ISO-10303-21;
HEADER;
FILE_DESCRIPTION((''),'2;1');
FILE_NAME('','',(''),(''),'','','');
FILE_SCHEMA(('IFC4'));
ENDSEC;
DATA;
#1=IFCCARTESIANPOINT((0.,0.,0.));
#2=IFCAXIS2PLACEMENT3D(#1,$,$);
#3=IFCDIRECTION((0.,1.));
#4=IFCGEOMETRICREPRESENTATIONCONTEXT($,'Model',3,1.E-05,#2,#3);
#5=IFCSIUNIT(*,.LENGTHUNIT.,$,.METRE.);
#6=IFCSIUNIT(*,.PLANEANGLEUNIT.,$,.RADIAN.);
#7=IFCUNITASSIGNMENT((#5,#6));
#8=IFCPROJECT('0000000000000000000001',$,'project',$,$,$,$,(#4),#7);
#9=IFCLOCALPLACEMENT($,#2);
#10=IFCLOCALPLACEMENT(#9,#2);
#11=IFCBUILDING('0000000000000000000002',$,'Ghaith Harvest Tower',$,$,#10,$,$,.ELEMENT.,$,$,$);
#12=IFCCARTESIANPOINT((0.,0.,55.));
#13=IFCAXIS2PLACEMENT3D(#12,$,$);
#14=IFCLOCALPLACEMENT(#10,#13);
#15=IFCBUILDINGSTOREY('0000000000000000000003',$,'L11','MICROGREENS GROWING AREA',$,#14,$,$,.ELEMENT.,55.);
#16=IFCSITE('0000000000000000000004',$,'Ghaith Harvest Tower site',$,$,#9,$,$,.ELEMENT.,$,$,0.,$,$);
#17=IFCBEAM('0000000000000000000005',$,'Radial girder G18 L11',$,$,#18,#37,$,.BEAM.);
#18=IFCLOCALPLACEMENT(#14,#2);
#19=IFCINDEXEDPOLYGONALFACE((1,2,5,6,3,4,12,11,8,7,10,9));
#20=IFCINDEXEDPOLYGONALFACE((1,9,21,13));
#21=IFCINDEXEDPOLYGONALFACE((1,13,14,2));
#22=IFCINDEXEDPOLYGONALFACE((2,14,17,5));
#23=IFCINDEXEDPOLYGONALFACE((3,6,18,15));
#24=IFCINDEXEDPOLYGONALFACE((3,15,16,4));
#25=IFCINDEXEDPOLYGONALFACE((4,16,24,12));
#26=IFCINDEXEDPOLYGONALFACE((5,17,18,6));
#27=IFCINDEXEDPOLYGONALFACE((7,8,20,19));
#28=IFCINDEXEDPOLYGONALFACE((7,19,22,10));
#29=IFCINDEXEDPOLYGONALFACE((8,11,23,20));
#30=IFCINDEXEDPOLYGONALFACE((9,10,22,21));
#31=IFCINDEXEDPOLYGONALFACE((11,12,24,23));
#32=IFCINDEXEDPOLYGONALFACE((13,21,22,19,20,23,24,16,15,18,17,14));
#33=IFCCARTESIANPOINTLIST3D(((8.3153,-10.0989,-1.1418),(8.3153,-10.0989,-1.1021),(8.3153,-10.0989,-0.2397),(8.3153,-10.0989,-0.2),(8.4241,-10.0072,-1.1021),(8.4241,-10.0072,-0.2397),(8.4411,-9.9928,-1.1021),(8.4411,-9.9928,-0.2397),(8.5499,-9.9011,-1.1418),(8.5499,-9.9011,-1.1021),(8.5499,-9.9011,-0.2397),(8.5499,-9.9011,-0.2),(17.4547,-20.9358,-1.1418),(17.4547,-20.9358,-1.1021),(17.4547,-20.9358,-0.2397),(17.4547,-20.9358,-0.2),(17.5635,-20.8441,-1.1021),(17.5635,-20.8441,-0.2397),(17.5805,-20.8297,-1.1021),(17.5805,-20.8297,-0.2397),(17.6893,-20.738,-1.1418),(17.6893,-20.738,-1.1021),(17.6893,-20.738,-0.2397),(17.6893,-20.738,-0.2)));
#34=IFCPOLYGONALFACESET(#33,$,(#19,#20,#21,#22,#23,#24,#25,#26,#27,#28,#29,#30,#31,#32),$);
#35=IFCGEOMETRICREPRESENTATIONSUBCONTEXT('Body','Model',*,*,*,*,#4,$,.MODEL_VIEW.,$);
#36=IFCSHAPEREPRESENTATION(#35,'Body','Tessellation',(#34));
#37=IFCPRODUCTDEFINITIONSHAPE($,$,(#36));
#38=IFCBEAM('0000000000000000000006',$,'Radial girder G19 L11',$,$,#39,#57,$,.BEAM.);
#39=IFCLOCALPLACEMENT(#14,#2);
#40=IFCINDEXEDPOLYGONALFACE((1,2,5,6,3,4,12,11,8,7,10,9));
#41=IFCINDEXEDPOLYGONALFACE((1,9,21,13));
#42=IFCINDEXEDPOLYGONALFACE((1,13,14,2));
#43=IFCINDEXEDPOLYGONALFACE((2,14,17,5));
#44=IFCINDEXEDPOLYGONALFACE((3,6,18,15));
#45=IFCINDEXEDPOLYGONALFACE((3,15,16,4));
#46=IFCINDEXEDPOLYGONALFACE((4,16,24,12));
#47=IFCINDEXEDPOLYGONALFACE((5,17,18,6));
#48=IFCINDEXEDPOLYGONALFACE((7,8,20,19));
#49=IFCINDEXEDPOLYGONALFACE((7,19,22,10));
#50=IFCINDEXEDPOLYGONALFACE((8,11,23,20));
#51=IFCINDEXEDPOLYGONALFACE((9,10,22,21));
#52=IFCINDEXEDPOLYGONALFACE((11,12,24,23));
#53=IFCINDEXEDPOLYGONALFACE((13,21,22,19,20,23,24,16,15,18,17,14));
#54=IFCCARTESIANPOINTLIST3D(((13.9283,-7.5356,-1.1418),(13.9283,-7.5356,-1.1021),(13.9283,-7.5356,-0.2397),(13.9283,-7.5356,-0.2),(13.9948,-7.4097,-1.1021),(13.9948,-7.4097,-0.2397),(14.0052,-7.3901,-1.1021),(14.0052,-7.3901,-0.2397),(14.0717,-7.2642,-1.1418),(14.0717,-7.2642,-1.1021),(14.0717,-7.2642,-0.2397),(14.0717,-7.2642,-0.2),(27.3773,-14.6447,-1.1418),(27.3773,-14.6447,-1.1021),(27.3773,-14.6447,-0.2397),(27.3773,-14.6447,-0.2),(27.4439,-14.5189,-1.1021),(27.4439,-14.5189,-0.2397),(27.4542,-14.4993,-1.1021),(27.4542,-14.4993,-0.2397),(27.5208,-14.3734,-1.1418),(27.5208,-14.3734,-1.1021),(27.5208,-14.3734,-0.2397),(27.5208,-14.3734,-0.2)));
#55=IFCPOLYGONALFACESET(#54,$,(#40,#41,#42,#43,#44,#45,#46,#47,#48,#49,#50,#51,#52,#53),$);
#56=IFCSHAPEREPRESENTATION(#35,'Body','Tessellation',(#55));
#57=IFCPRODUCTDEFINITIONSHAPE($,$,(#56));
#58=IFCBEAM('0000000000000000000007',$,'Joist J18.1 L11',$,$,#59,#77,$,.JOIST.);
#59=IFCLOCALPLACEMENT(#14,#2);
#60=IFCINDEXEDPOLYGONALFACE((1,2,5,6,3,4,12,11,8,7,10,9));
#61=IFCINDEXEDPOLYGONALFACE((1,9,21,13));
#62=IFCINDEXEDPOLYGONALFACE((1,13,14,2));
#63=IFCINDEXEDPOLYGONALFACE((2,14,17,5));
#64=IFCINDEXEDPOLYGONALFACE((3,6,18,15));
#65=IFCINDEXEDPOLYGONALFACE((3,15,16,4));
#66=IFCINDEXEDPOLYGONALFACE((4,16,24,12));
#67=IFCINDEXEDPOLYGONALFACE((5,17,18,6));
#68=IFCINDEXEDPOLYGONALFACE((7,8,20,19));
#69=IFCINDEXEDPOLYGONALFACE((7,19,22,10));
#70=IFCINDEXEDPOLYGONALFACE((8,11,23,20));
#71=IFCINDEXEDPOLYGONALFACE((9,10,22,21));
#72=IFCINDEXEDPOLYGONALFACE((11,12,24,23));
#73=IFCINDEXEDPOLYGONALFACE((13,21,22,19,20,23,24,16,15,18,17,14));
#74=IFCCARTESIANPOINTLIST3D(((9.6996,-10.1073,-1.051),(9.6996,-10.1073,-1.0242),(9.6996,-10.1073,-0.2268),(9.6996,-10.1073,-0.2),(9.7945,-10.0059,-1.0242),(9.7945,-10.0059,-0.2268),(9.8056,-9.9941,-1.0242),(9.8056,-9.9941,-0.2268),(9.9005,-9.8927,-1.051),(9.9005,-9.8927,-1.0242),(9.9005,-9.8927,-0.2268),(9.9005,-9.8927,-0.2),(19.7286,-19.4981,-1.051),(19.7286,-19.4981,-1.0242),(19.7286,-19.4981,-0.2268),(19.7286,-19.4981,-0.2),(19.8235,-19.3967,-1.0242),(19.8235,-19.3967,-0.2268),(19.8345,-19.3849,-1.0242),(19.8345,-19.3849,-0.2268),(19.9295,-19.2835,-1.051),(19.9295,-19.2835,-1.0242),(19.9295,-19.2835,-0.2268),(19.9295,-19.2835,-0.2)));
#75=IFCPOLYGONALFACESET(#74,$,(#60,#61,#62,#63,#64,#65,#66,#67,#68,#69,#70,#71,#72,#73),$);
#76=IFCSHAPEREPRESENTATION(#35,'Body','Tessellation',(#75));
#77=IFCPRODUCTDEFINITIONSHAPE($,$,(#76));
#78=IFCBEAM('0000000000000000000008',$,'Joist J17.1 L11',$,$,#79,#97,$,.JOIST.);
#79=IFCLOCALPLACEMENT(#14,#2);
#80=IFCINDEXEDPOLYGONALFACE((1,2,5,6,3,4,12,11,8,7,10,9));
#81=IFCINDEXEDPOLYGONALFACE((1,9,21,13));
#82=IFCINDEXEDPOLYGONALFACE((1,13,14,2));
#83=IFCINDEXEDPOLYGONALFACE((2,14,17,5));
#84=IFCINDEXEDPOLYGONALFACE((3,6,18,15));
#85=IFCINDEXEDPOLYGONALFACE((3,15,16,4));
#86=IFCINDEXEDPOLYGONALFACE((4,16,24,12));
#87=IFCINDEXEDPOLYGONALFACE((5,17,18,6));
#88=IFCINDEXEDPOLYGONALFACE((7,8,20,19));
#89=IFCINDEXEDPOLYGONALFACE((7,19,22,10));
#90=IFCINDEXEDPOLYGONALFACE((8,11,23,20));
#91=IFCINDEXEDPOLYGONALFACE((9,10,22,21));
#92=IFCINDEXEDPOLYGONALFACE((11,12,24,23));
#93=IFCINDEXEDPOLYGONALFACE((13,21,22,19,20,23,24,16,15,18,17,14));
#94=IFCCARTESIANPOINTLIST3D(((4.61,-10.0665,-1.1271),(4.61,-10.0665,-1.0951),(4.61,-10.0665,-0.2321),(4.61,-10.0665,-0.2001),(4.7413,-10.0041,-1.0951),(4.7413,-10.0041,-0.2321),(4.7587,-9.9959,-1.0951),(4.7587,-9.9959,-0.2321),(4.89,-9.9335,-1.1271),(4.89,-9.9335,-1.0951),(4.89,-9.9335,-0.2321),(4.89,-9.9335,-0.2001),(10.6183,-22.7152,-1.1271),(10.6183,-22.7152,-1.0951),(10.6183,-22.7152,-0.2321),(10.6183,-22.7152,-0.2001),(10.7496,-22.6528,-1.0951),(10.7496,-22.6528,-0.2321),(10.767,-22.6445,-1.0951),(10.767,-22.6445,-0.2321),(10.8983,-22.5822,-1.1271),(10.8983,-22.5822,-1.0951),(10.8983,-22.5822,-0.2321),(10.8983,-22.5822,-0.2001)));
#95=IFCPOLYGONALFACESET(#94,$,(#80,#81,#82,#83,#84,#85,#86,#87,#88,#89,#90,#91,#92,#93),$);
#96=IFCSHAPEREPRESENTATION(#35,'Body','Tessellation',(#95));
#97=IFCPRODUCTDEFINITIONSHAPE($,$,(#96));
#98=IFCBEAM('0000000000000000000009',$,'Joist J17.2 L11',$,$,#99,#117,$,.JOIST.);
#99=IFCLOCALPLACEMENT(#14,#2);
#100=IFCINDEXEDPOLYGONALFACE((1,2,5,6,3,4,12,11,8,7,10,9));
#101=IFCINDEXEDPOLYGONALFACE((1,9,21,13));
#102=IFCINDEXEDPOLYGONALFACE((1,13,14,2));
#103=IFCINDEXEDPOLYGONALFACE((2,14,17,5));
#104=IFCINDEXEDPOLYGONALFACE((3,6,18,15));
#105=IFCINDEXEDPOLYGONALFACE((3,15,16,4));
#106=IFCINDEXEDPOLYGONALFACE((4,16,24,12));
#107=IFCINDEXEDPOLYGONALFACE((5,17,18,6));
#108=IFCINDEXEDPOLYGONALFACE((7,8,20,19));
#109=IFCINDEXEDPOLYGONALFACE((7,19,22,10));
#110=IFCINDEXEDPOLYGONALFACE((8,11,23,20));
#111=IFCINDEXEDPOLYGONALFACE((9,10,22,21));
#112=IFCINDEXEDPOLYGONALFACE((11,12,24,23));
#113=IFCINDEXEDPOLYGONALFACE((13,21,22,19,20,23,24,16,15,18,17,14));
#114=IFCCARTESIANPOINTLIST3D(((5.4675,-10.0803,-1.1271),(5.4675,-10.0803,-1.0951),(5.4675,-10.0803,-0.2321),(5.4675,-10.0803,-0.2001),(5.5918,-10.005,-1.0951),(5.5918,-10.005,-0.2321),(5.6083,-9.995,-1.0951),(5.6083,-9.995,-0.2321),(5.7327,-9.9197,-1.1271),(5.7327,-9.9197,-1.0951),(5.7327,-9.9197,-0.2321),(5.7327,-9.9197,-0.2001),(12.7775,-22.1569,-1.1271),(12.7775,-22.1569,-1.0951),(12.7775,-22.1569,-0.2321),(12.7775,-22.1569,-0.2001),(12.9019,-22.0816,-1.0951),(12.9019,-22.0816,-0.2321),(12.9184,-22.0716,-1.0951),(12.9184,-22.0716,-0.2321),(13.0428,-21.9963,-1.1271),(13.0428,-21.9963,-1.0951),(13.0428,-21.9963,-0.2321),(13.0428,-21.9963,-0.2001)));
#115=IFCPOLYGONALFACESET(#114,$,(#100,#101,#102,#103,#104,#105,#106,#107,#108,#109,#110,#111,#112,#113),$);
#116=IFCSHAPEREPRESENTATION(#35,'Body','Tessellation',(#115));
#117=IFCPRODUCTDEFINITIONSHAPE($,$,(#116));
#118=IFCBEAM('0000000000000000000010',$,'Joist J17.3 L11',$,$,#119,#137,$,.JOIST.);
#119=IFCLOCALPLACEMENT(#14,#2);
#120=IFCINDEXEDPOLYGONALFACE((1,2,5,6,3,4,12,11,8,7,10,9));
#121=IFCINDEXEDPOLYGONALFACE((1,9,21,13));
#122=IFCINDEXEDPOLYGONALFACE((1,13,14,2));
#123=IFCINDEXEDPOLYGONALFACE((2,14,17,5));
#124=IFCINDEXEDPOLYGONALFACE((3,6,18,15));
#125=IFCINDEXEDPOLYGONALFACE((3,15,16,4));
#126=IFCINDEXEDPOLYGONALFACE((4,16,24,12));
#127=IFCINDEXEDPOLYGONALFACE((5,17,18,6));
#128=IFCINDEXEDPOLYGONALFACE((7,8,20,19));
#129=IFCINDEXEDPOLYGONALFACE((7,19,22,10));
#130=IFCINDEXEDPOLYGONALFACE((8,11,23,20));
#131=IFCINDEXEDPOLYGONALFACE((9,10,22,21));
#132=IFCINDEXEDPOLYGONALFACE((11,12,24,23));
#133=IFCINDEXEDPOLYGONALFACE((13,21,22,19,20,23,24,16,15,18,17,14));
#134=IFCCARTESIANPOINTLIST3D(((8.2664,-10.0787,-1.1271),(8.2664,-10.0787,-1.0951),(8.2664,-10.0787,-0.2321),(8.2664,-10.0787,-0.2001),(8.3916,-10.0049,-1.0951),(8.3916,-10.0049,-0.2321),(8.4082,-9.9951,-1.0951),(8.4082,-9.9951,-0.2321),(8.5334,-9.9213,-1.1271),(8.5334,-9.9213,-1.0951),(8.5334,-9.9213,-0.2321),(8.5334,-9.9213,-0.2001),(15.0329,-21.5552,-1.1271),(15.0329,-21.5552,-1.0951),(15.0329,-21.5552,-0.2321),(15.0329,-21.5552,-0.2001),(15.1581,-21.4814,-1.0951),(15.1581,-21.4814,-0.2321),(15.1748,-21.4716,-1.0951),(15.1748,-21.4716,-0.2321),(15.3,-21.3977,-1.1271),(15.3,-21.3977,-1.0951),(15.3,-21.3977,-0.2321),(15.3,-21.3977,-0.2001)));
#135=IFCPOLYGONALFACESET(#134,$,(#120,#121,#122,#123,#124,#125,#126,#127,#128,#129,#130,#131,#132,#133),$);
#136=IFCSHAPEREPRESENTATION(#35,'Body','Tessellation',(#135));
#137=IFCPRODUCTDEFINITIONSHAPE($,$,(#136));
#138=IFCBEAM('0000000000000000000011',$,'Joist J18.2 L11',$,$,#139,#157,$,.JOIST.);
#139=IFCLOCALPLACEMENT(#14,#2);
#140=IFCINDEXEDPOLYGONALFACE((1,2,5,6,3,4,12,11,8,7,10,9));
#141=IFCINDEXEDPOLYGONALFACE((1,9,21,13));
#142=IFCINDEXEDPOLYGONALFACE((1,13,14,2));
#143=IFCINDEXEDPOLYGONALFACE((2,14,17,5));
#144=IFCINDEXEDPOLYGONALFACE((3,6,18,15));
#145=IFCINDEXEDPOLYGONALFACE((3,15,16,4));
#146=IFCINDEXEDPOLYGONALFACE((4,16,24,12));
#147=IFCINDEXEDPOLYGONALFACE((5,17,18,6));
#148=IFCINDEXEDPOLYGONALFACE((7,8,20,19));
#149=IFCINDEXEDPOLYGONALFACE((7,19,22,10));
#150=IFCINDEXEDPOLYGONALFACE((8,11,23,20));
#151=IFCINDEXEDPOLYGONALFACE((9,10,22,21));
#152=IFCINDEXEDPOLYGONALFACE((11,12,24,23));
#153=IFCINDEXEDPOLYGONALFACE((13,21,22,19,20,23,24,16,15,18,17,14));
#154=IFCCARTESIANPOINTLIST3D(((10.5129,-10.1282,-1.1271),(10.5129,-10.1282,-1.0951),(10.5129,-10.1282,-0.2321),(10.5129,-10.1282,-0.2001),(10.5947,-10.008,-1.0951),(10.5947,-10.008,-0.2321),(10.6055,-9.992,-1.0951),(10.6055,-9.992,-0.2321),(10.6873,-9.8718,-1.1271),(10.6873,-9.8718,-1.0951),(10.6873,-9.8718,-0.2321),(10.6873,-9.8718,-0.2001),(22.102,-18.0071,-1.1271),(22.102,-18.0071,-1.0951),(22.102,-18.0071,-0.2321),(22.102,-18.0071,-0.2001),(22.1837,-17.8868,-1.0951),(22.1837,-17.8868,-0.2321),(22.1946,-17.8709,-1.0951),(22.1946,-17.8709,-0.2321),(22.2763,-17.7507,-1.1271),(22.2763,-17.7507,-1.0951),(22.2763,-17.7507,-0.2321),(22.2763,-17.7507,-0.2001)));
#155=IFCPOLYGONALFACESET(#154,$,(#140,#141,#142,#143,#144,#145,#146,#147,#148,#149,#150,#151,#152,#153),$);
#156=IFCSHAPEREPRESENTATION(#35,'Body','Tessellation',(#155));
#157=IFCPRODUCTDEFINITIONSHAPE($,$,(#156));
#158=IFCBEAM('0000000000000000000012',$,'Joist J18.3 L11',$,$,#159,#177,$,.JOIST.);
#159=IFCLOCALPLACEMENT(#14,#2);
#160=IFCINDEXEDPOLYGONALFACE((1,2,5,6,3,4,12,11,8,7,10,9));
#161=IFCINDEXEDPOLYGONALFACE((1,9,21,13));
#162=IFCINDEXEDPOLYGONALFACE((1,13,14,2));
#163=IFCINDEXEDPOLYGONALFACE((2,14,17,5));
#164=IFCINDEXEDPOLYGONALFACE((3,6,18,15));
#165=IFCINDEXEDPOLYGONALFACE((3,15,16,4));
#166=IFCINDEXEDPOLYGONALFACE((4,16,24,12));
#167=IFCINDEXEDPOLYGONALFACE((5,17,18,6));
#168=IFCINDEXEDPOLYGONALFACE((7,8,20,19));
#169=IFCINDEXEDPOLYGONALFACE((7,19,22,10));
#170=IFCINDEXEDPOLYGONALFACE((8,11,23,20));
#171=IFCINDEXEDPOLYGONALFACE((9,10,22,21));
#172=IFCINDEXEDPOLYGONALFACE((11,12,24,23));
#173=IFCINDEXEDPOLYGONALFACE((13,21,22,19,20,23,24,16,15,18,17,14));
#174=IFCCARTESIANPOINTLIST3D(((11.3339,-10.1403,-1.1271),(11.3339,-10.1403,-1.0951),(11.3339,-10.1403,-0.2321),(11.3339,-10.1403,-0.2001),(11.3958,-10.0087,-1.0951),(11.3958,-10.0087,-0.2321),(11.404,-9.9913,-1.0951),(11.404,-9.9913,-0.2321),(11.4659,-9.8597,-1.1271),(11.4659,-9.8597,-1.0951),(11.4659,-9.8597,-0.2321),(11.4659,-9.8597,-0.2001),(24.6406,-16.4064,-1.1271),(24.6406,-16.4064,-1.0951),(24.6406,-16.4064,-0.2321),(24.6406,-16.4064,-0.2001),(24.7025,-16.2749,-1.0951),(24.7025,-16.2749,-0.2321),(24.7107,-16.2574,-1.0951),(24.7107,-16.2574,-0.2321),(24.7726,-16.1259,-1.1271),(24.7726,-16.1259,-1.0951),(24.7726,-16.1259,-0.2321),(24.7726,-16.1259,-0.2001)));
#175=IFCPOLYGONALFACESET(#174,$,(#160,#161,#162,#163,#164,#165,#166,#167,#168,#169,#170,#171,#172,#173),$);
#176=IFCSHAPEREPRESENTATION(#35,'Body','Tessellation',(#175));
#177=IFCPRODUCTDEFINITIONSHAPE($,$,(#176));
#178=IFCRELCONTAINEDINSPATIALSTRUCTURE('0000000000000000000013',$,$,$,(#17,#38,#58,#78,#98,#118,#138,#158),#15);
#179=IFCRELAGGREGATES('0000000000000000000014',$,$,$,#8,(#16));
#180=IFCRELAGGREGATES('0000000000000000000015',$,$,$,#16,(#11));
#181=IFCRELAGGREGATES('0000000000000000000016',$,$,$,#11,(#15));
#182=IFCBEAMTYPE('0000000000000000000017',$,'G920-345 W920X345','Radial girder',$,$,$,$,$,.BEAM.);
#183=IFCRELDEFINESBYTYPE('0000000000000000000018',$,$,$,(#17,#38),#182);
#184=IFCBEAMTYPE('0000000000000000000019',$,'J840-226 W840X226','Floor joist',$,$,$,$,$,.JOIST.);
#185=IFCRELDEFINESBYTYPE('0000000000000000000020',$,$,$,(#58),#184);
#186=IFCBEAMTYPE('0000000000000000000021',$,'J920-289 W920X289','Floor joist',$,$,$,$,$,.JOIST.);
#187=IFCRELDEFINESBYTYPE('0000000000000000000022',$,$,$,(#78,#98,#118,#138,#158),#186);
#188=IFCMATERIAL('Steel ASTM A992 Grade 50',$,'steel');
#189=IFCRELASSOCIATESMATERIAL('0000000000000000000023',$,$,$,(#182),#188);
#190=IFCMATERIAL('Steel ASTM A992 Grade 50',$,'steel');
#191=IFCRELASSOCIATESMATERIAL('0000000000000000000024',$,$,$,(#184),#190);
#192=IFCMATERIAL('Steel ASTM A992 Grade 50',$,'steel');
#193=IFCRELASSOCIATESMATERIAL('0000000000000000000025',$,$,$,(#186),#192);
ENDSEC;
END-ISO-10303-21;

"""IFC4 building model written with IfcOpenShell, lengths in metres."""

from ifc_helpers import new_model, si_unit, direction, frame, origin, origin_2d, place, context, subcontext, project, spatial, i_section, extrude, material, material_profile, profile_set, type_object, element, save


model = new_model("IFC4")

# Units and contexts
model_context = context("Model", 3, precision=1e-05, world=origin(), true_north=direction((0.0, 1.0)))
body_context = subcontext(model_context, "Body", "Model", "MODEL_VIEW")
ifc_project = project(units=[si_unit("LENGTHUNIT", "METRE"), si_unit("PLANEANGLEUNIT", "RADIAN")], contexts=[model_context])

# Site, building, storey
site_placement = place(None, origin())
site = spatial("IfcSite", under=ifc_project, at=site_placement, Name="Ghaith Harvest Tower site", CompositionType="ELEMENT", RefElevation=0.0)
building_placement = place(site_placement, origin())
building = spatial("IfcBuilding", under=site, at=building_placement, Name="Ghaith Harvest Tower", CompositionType="ELEMENT")
storey_placement = place(building_placement, frame((0.0, 0.0, 55.0)))
storey = spatial("IfcBuildingStorey", under=building, at=storey_placement, Name="L11", Description="MICROGREENS GROWING AREA", CompositionType="ELEMENT", Elevation=55.0)

# Beams
ifc_material_1 = material(Name="Steel ASTM A992 Grade 50", Category="steel")
ifc_material_profile_1 = material_profile(ifc_material_1, i_section(OverallWidth=0.3069, OverallDepth=0.9419, WebThickness=0.0222, FlangeThickness=0.0398, at=origin_2d()), Name="W920X345")
ifc_profile_set_1 = profile_set([ifc_material_profile_1], Name="Steel ASTM A992 Grade 50")
beam_type_1 = type_object("IfcBeamType", Name="G920-345 W920X345", Description="Radial girder", PredefinedType="BEAM", material=ifc_profile_set_1)
beam_1_placement = place(storey_placement, frame((8.4326, -10.0, -0.6709), z_axis=(0.644696, -0.764439, 0.0), x_axis=(0.764439, 0.644696, 0.0)))
element("IfcBeam", 1, at=beam_1_placement, inside=storey, type_object=beam_type_1, Name="Radial girder G18 L11", PredefinedType="BEAM", context=body_context, shape_type="SweptSolid", body=[
    extrude(i_section(OverallWidth=0.3069, OverallDepth=0.9419, WebThickness=0.0222, FlangeThickness=0.0398, at=origin_2d()), origin(), (0.0, 0.0, 1.0), 14.1763),
])
beam_2_placement = place(storey_placement, frame((14.0, -7.3999, -0.6709), z_axis=(0.884084, -0.467327, 0.0), x_axis=(0.467327, 0.884084, 0.0)))
element("IfcBeam", 2, at=beam_2_placement, inside=storey, type_object=beam_type_1, Name="Radial girder G19 L11", PredefinedType="BEAM", context=body_context, shape_type="SweptSolid", body=[
    extrude(i_section(OverallWidth=0.3069, OverallDepth=0.9419, WebThickness=0.0222, FlangeThickness=0.0398, at=origin_2d()), origin(), (0.0, 0.0, 1.0), 15.2124),
])
ifc_material_2 = material(Name="Steel ASTM A992 Grade 50", Category="steel")
ifc_material_profile_2 = material_profile(ifc_material_2, i_section(OverallWidth=0.2939, OverallDepth=0.8511, WebThickness=0.0161, FlangeThickness=0.0269, at=origin_2d()), Name="W840X226")
ifc_profile_set_2 = profile_set([ifc_material_profile_2], Name="Steel ASTM A992 Grade 50")
beam_type_2 = type_object("IfcBeamType", Name="J840-226 W840X226", Description="Floor joist", PredefinedType="JOIST", material=ifc_profile_set_2)
beam_3_placement = place(storey_placement, frame((9.8, -10.0, -0.6255), z_axis=(0.72995, -0.683501, 0.0), x_axis=(0.683501, 0.72995, 0.0)))
element("IfcBeam", 3, at=beam_3_placement, inside=storey, type_object=beam_type_2, Name="Joist J18.1 L11", PredefinedType="JOIST", context=body_context, shape_type="SweptSolid", body=[
    extrude(i_section(OverallWidth=0.2939, OverallDepth=0.8511, WebThickness=0.0161, FlangeThickness=0.0269, at=origin_2d()), origin(), (0.0, 0.0, 1.0), 13.7393),
])
ifc_material_3 = material(Name="Steel ASTM A992 Grade 50", Category="steel")
ifc_material_profile_3 = material_profile(ifc_material_3, i_section(OverallWidth=0.3101, OverallDepth=0.927, WebThickness=0.0193, FlangeThickness=0.032, at=origin_2d()), Name="W920X289")
ifc_profile_set_3 = profile_set([ifc_material_profile_3], Name="Steel ASTM A992 Grade 50")
beam_type_3 = type_object("IfcBeamType", Name="J920-289 W920X289", Description="Floor joist", PredefinedType="JOIST", material=ifc_profile_set_3)
beam_4_placement = place(storey_placement, frame((4.75, -10.0, -0.6636), z_axis=(0.429067, -0.903273, 0.0), x_axis=(0.903273, 0.429067, 0.0)))
element("IfcBeam", 4, at=beam_4_placement, inside=storey, type_object=beam_type_3, Name="Joist J17.1 L11", PredefinedType="JOIST", context=body_context, shape_type="SweptSolid", body=[
    extrude(i_section(OverallWidth=0.3101, OverallDepth=0.927, WebThickness=0.0193, FlangeThickness=0.032, at=origin_2d()), origin(), (0.0, 0.0, 1.0), 14.0032),
])
beam_5_placement = place(storey_placement, frame((5.6001, -10.0, -0.6636), z_axis=(0.517829, -0.855484, 0.0), x_axis=(0.855484, 0.517829, 0.0)))
element("IfcBeam", 5, at=beam_5_placement, inside=storey, type_object=beam_type_3, Name="Joist J17.2 L11", PredefinedType="JOIST", context=body_context, shape_type="SweptSolid", body=[
    extrude(i_section(OverallWidth=0.3101, OverallDepth=0.927, WebThickness=0.0193, FlangeThickness=0.032, at=origin_2d()), origin(), (0.0, 0.0, 1.0), 14.1167),
])
beam_6_placement = place(storey_placement, frame((8.3999, -10.0, -0.6636), z_axis=(0.507894, -0.861419, 0.0), x_axis=(0.861419, 0.507894, 0.0)))
element("IfcBeam", 6, at=beam_6_placement, inside=storey, type_object=beam_type_3, Name="Joist J17.3 L11", PredefinedType="JOIST", context=body_context, shape_type="SweptSolid", body=[
    extrude(i_section(OverallWidth=0.3101, OverallDepth=0.927, WebThickness=0.0193, FlangeThickness=0.032, at=origin_2d()), origin(), (0.0, 0.0, 1.0), 13.3228),
])
beam_7_placement = place(storey_placement, frame((10.6001, -10.0, -0.6636), z_axis=(0.826983, -0.562228, 0.0), x_axis=(0.562228, 0.826983, 0.0)))
element("IfcBeam", 7, at=beam_7_placement, inside=storey, type_object=beam_type_3, Name="Joist J18.2 L11", PredefinedType="JOIST", context=body_context, shape_type="SweptSolid", body=[
    extrude(i_section(OverallWidth=0.3101, OverallDepth=0.927, WebThickness=0.0193, FlangeThickness=0.032, at=origin_2d()), origin(), (0.0, 0.0, 1.0), 14.0137),
])
beam_8_placement = place(storey_placement, frame((11.3999, -10.0, -0.6636), z_axis=(0.90471, -0.426029, 0.0), x_axis=(0.426029, 0.90471, 0.0)))
element("IfcBeam", 8, at=beam_8_placement, inside=storey, type_object=beam_type_3, Name="Joist J18.3 L11", PredefinedType="JOIST", context=body_context, shape_type="SweptSolid", body=[
    extrude(i_section(OverallWidth=0.3101, OverallDepth=0.927, WebThickness=0.0193, FlangeThickness=0.032, at=origin_2d()), origin(), (0.0, 0.0, 1.0), 14.7083),
])

save(model, "model.ifc")
